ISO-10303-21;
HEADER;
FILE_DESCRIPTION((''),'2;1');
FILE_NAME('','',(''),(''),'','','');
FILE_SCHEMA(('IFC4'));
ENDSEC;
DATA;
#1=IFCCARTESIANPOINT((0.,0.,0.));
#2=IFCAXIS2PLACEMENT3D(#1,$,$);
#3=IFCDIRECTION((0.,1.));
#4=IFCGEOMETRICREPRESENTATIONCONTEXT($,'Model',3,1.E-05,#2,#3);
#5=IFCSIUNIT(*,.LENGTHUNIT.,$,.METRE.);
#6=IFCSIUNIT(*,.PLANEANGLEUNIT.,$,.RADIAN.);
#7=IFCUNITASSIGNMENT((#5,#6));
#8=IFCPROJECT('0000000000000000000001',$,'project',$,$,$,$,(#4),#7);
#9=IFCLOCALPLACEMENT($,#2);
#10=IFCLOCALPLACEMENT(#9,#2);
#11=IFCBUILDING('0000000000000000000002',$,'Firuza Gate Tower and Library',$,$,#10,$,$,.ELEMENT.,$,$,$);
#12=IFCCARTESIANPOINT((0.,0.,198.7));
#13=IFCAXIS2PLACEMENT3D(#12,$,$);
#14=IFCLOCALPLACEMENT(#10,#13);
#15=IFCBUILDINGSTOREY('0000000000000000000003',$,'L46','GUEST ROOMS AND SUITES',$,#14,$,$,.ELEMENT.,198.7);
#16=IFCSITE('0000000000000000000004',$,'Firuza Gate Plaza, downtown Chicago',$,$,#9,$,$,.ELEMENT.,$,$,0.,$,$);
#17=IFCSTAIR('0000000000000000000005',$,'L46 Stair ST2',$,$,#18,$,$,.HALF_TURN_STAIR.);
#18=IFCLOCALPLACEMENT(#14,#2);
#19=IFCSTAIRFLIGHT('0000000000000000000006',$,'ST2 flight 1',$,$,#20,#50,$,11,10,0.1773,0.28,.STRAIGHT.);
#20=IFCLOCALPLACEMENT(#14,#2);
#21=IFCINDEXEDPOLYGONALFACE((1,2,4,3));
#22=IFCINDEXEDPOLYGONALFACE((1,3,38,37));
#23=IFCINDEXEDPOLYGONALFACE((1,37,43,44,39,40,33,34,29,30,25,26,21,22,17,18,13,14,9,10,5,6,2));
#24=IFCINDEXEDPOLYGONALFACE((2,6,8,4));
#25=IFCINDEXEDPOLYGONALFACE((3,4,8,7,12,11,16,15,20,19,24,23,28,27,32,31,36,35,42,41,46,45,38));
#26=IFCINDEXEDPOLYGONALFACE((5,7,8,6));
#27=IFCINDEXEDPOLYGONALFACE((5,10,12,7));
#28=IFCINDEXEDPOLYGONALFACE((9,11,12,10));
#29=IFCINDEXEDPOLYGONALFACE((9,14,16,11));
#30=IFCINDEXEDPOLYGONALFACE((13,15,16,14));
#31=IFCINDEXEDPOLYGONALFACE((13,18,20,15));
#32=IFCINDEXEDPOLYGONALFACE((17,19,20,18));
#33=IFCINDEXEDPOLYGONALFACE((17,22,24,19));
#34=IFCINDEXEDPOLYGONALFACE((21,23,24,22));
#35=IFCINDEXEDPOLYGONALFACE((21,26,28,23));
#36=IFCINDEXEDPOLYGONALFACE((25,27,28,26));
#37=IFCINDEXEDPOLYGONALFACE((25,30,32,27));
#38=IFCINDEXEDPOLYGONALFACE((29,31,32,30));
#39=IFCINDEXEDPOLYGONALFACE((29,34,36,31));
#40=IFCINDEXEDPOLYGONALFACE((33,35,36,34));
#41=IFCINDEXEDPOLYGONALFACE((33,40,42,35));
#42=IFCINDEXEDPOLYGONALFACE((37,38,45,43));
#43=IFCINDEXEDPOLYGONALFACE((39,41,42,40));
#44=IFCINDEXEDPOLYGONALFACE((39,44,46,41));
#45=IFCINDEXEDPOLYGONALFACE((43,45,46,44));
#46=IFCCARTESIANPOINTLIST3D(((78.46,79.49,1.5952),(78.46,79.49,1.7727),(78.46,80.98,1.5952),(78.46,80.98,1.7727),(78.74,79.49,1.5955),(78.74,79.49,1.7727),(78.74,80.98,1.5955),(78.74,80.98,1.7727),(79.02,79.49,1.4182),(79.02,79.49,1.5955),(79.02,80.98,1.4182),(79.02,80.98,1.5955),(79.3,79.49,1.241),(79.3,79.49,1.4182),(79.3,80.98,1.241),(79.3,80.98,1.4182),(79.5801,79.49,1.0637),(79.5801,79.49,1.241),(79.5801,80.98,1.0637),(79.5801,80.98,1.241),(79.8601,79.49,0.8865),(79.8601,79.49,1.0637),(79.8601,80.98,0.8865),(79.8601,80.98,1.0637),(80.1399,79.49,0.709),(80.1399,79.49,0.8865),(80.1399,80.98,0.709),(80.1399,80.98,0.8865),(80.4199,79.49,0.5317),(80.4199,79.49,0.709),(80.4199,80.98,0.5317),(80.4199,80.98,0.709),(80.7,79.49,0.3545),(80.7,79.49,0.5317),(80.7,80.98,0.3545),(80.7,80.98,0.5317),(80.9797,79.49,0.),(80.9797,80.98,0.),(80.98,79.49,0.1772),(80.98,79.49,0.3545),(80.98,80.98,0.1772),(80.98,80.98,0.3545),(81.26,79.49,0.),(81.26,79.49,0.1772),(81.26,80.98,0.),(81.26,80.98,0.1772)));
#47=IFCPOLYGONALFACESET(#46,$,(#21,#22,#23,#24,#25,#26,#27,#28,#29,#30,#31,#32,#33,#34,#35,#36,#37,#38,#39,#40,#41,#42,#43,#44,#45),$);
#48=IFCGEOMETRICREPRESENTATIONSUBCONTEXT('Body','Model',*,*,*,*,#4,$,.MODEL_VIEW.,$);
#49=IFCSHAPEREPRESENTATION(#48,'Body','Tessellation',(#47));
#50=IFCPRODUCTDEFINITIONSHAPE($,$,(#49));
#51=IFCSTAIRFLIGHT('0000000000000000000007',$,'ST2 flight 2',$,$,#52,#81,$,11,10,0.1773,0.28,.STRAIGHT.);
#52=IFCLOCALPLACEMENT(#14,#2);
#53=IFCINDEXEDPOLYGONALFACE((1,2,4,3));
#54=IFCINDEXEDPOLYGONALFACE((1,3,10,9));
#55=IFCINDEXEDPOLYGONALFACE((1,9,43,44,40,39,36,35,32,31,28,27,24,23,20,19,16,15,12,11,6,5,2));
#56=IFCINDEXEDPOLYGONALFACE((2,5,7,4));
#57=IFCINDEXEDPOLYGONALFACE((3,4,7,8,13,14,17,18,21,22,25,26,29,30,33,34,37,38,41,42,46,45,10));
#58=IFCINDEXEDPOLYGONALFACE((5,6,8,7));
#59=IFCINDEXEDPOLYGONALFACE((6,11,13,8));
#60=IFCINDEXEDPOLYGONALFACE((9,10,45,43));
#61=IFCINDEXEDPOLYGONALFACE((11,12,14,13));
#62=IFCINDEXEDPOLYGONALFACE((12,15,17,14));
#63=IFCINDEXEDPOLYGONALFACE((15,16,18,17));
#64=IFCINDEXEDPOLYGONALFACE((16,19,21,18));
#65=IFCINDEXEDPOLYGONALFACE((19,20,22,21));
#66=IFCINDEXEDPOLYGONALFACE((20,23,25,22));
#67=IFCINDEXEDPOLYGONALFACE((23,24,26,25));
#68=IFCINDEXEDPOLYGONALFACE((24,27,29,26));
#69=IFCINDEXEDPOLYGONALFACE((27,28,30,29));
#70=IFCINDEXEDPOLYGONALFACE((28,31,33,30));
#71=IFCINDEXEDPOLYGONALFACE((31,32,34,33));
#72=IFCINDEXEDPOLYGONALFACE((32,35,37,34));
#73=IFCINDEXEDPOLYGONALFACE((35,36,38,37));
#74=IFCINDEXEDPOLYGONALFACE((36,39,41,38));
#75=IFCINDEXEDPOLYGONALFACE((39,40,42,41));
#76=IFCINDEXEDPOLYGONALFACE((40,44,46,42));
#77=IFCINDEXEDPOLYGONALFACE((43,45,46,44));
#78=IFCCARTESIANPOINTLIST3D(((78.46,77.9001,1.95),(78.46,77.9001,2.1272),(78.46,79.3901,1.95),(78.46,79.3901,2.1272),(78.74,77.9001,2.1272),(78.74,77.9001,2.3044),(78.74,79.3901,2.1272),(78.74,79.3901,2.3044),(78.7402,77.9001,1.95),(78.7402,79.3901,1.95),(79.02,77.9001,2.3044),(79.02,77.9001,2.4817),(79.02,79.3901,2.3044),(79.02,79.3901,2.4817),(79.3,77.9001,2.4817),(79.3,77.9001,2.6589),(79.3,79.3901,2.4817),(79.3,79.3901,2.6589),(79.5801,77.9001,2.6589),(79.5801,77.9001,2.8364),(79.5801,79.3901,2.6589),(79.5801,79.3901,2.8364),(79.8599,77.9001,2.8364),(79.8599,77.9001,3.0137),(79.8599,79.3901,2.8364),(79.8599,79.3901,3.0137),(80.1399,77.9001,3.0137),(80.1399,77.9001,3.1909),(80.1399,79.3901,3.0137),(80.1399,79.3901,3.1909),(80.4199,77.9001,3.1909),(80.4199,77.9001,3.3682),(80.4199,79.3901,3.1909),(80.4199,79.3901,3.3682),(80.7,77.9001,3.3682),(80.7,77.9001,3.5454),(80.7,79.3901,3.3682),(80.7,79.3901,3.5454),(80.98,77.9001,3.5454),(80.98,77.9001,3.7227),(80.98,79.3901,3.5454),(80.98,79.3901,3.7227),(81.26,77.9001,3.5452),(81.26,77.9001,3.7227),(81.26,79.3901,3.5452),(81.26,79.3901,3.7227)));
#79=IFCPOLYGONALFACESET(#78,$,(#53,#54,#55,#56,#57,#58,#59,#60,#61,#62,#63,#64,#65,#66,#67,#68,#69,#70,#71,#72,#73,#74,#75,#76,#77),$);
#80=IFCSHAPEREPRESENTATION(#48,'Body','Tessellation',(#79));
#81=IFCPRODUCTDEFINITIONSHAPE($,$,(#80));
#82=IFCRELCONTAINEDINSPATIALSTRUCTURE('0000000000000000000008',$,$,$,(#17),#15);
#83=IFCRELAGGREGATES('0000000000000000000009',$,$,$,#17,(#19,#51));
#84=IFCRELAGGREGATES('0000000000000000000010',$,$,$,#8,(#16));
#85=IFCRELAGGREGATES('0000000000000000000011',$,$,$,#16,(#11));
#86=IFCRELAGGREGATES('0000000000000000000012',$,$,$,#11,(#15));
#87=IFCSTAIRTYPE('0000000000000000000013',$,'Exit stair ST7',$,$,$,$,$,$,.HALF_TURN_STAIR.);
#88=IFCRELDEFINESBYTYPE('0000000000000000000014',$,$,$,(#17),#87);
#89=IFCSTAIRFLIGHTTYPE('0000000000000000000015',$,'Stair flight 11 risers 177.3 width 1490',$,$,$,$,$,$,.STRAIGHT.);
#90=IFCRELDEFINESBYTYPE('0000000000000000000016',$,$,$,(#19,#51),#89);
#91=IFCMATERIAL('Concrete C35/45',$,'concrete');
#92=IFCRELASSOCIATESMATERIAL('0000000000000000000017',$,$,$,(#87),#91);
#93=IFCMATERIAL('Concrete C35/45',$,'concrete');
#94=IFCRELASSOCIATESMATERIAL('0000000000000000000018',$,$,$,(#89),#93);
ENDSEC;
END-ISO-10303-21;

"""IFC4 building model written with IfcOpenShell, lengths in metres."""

from ifc_helpers import new_model, si_unit, direction, frame, origin, place, context, subcontext, project, spatial, polyline, outline, extrude, material, type_object, element, aggregate, save


model = new_model("IFC4")

# Units and contexts
model_context = context("Model", 3, precision=1e-05, world=origin(), true_north=direction((0.0, 1.0)))
body_context = subcontext(model_context, "Body", "Model", "MODEL_VIEW")
ifc_project = project(units=[si_unit("LENGTHUNIT", "METRE"), si_unit("PLANEANGLEUNIT", "RADIAN")], contexts=[model_context])

# Site, building, storey
site_placement = place(None, origin())
site = spatial("IfcSite", under=ifc_project, at=site_placement, Name="Firuza Gate Plaza, downtown Chicago", CompositionType="ELEMENT", RefElevation=0.0)
building_placement = place(site_placement, origin())
building = spatial("IfcBuilding", under=site, at=building_placement, Name="Firuza Gate Tower and Library", CompositionType="ELEMENT")
storey_placement = place(building_placement, frame((0.0, 0.0, 198.7)))
storey = spatial("IfcBuildingStorey", under=building, at=storey_placement, Name="L46", Description="GUEST ROOMS AND SUITES", CompositionType="ELEMENT", Elevation=198.7)

# Stair, stair flights
ifc_material_1 = material(Name="Concrete C35/45", Category="concrete")
stair_type = type_object("IfcStairType", Name="Exit stair ST7", PredefinedType="HALF_TURN_STAIR", material=ifc_material_1)
stair_placement = place(storey_placement, origin())
stair = element("IfcStair", 1, at=stair_placement, inside=storey, type_object=stair_type, Name="L46 Stair ST2", PredefinedType="HALF_TURN_STAIR")
ifc_material_2 = material(Name="Concrete C35/45", Category="concrete")
stair_flight_type = type_object("IfcStairFlightType", Name="Stair flight 11 risers 177.3 width 1490", PredefinedType="STRAIGHT", material=ifc_material_2)
stair_flight_1_placement = place(storey_placement, frame((81.26, 80.2351, 0.0), z_axis=(0.0, 0.0, 1.0), x_axis=(-1.0, 0.0, 0.0)))
stair_flight_1 = element("IfcStairFlight", 2, at=stair_flight_1_placement, type_object=stair_flight_type, Name="ST2 flight 1", NumberOfRisers=11, NumberOfTreads=10, PredefinedType="STRAIGHT", RiserHeight=0.1773, TreadLength=0.28, context=body_context, shape_type="SweptSolid", body=[
    extrude(outline(polyline([(0.0, 0.0), (0.0, 0.1772), (0.28, 0.1772), (0.28, 0.3545), (0.5601, 0.3545), (0.5601, 0.5317), (0.8401, 0.5317), (0.8401, 0.709), (1.1201, 0.709), (1.1201, 0.8865), (1.3999, 0.8865), (1.3999, 1.0637), (1.6799, 1.0637), (1.6799, 1.241), (1.96, 1.241), (1.96, 1.4182), (2.24, 1.4182), (2.24, 1.5955), (2.52, 1.5955), (2.52, 1.7727), (2.8, 1.7727), (2.8, 1.95), (2.8, 1.5952), (0.2803, 0.0), (0.0, 0.0)])), frame((0.0, 0.7451, 0.0), z_axis=(0.0, -1.0, 0.0), x_axis=(1.0, 0.0, 0.0)), (0.0, 0.0, 1.0), 1.49),
])
stair_flight_2_placement = place(storey_placement, frame((78.46, 78.645, 1.95), z_axis=(0.0, 0.0, 1.0), x_axis=(1.0, 0.0, 0.0)))
stair_flight_2 = element("IfcStairFlight", 3, at=stair_flight_2_placement, type_object=stair_flight_type, Name="ST2 flight 2", NumberOfRisers=11, NumberOfTreads=10, PredefinedType="STRAIGHT", RiserHeight=0.1773, TreadLength=0.28, context=body_context, shape_type="SweptSolid", body=[
    extrude(outline(polyline([(0.0, 0.0), (0.0, 0.1772), (0.28, 0.1772), (0.28, 0.3545), (0.5601, 0.3545), (0.5601, 0.5317), (0.8401, 0.5317), (0.8401, 0.709), (1.1201, 0.709), (1.1201, 0.8865), (1.3999, 0.8865), (1.3999, 1.0637), (1.6799, 1.0637), (1.6799, 1.241), (1.96, 1.241), (1.96, 1.4182), (2.24, 1.4182), (2.24, 1.5955), (2.52, 1.5955), (2.52, 1.7727), (2.8, 1.7727), (2.8, 1.95), (2.8, 1.5952), (0.2803, 0.0), (0.0, 0.0)])), frame((0.0, 0.7451, 0.0), z_axis=(0.0, -1.0, 0.0), x_axis=(1.0, 0.0, 0.0)), (0.0, 0.0, 1.0), 1.49),
])
aggregate(stair, [stair_flight_1, stair_flight_2])

save(model, "model.ifc")
